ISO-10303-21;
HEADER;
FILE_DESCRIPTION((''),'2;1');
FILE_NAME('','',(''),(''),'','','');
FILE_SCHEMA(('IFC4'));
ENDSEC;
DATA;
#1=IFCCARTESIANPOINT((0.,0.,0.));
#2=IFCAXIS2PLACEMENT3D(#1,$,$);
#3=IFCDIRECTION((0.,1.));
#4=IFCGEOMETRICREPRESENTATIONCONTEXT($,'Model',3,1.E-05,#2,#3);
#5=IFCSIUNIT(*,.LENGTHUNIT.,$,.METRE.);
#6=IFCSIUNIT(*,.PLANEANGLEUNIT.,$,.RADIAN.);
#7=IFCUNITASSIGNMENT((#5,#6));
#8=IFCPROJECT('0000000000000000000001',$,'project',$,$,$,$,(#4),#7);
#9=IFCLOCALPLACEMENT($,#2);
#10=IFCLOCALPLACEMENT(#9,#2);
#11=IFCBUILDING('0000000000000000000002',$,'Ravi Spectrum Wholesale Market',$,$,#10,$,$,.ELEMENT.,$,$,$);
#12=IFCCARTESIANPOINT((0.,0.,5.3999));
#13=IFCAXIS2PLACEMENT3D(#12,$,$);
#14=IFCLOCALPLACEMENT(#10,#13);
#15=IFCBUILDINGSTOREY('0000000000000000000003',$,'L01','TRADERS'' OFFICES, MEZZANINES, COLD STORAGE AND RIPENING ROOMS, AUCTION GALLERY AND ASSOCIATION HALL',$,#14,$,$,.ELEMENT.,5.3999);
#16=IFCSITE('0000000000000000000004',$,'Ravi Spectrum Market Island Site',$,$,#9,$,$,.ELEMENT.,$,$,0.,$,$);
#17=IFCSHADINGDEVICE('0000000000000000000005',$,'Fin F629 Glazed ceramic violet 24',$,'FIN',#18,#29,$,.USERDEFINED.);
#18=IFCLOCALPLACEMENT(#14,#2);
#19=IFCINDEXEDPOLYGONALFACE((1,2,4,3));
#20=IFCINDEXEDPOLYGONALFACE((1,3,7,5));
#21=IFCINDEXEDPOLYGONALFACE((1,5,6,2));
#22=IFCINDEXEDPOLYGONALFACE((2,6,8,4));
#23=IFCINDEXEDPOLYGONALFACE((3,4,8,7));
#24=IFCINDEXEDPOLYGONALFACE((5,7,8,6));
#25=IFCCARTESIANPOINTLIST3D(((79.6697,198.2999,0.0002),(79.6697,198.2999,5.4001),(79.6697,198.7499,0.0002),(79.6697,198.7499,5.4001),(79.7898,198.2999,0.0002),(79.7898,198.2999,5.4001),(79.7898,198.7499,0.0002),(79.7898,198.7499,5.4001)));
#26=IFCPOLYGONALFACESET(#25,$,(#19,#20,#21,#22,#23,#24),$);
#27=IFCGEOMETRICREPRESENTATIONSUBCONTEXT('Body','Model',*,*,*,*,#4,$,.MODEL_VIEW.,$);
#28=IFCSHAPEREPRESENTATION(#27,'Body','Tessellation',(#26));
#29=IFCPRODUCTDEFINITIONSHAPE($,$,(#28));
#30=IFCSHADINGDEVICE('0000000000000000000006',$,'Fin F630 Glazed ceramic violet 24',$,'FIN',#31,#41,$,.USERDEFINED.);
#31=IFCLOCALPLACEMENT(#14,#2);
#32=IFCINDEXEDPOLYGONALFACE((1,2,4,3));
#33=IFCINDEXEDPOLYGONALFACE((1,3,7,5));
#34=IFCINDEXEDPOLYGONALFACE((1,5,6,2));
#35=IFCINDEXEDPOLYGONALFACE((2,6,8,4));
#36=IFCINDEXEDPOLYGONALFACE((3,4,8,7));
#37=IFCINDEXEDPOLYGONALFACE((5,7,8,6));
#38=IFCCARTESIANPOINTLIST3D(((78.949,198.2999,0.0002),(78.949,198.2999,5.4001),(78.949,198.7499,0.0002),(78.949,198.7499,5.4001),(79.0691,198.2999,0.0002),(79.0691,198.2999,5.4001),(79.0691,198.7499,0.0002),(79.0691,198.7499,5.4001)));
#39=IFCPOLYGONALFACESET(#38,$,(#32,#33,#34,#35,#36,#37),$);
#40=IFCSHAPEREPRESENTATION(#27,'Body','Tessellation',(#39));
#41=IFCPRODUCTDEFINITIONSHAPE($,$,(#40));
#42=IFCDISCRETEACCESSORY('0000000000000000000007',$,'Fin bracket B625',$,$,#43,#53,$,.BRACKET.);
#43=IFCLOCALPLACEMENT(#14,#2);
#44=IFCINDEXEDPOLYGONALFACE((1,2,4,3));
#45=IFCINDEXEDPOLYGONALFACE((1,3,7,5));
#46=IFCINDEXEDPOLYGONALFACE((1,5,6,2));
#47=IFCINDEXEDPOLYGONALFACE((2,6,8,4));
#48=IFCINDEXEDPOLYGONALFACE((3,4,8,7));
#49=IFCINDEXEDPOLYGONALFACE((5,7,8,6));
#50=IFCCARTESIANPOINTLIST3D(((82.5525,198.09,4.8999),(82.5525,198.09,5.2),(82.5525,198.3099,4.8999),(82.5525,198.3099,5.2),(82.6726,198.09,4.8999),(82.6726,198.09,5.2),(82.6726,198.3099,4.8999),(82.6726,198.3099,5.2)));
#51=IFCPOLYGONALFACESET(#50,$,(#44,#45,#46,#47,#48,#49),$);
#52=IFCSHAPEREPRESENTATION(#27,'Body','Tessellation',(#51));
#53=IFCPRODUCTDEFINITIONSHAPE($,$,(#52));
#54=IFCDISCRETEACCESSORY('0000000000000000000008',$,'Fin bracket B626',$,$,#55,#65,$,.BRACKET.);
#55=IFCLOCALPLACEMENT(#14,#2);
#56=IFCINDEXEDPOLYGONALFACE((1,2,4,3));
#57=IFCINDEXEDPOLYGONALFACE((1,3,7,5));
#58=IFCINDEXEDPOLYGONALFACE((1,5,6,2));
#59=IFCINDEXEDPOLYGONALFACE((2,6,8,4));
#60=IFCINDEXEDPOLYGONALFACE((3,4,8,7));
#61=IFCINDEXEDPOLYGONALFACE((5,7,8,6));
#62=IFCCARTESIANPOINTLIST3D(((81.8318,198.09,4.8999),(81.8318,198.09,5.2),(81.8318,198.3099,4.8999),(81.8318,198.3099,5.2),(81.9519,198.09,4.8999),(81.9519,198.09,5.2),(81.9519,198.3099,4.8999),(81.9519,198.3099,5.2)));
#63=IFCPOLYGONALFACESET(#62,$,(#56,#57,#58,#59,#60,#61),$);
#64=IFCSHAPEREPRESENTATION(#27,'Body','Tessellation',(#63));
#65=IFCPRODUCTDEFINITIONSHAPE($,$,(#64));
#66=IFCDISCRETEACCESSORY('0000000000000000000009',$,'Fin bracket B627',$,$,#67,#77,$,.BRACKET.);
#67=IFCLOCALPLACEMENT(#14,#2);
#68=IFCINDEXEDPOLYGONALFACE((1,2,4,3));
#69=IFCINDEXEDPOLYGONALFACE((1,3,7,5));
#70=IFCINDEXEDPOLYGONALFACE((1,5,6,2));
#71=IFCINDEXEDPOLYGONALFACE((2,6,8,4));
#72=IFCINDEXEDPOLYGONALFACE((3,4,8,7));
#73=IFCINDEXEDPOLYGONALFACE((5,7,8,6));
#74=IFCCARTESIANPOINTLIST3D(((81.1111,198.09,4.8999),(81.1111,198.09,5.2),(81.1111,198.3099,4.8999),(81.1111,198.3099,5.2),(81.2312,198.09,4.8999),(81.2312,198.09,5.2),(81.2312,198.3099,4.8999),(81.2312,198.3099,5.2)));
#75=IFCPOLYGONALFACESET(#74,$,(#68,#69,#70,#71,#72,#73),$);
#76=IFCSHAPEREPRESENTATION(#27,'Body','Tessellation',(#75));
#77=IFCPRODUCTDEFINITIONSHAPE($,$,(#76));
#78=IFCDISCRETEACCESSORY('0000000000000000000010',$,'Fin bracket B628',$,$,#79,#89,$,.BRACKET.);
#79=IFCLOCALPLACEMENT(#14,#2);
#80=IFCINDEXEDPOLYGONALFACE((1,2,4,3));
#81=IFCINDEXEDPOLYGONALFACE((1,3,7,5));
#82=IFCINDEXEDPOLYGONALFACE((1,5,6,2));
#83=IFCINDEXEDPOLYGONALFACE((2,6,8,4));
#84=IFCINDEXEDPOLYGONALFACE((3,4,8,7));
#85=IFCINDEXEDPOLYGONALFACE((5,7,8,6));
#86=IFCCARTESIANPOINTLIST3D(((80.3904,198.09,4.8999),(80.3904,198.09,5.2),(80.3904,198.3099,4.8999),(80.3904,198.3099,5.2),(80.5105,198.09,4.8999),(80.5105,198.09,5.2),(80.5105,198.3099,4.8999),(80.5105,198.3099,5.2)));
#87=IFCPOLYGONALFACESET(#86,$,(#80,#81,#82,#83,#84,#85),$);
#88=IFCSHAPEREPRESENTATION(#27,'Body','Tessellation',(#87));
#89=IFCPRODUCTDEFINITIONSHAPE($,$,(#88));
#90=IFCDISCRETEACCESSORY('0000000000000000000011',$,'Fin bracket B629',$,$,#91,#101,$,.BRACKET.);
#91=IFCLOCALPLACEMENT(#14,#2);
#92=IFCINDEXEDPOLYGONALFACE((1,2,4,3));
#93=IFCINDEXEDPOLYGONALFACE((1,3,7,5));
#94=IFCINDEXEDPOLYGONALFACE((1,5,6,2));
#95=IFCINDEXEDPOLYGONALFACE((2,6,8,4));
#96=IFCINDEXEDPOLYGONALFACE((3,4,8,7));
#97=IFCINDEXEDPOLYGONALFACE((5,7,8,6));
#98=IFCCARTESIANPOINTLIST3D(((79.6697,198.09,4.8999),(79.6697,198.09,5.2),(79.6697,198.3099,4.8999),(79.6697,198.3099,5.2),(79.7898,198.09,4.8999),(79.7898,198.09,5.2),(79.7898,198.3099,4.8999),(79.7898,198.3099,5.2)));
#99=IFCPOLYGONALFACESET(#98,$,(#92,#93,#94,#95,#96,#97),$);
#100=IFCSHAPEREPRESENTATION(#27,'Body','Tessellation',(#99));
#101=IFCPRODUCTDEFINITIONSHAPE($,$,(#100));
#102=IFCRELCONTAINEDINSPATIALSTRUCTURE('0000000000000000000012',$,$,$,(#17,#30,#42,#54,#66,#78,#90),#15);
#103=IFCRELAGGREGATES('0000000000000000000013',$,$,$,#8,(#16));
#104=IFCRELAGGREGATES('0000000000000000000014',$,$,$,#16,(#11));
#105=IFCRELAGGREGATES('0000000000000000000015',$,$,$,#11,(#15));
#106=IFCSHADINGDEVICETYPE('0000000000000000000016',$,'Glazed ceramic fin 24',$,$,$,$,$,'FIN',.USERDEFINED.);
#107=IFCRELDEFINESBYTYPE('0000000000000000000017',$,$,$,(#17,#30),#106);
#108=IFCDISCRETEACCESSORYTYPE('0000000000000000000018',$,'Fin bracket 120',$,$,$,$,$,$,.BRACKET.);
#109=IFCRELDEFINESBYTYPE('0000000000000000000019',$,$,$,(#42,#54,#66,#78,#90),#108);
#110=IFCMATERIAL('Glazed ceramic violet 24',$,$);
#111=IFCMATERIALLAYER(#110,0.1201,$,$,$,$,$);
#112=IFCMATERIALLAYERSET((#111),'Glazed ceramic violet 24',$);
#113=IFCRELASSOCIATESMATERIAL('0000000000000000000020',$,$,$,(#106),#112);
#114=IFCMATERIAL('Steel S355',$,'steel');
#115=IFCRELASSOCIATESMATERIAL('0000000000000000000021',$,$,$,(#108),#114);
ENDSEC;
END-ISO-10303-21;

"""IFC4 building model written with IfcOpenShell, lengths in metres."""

from ifc_helpers import new_model, si_unit, direction, frame, origin, origin_2d, place, context, subcontext, project, spatial, rectangle, extrude, material, layer, layer_set, type_object, element, save


model = new_model("IFC4")

# Units and contexts
model_context = context("Model", 3, precision=1e-05, world=origin(), true_north=direction((0.0, 1.0)))
body_context = subcontext(model_context, "Body", "Model", "MODEL_VIEW")
ifc_project = project(units=[si_unit("LENGTHUNIT", "METRE"), si_unit("PLANEANGLEUNIT", "RADIAN")], contexts=[model_context])

# Site, building, storey
site_placement = place(None, origin())
site = spatial("IfcSite", under=ifc_project, at=site_placement, Name="Ravi Spectrum Market Island Site", CompositionType="ELEMENT", RefElevation=0.0)
building_placement = place(site_placement, origin())
building = spatial("IfcBuilding", under=site, at=building_placement, Name="Ravi Spectrum Wholesale Market", CompositionType="ELEMENT")
storey_placement = place(building_placement, frame((0.0, 0.0, 5.3999)))
storey = spatial("IfcBuildingStorey", under=building, at=storey_placement, Name="L01", Description="TRADERS' OFFICES, MEZZANINES, COLD STORAGE AND RIPENING ROOMS, AUCTION GALLERY AND ASSOCIATION HALL", CompositionType="ELEMENT", Elevation=5.3999)

# Shading devices
ifc_material_1 = material(Name="Glazed ceramic violet 24")
ifc_layer_1 = layer(ifc_material_1, 0.1201)
ifc_layer_set_1 = layer_set([ifc_layer_1], Name="Glazed ceramic violet 24")
shading_device_type = type_object("IfcShadingDeviceType", Name="Glazed ceramic fin 24", ElementType="FIN", PredefinedType="USERDEFINED", material=ifc_layer_set_1)
for number, where, z_axis, x_axis, name in (
    (1, (79.7297, 198.5249, 0.0002), (0.0, 0.0, 1.0), (-1.0, 0.0, 0.0), "Fin F629 Glazed ceramic violet 24"),
    (2, (79.009, 198.5249, 0.0002), (0.0, 0.0, 1.0), (-1.0, 0.0, 0.0), "Fin F630 Glazed ceramic violet 24"),
):
    element("IfcShadingDevice", number, at=place(storey_placement, frame(where, z_axis=z_axis, x_axis=x_axis)), inside=storey, type_object=shading_device_type, Name=name, ObjectType="FIN", PredefinedType="USERDEFINED", context=body_context, shape_type="SweptSolid", body=[
        extrude(rectangle(XDim=0.1201, YDim=0.45, at=origin_2d()), origin(), (0.0, 0.0, 1.0), 5.3999),
    ])

# Discrete accessories
ifc_material_2 = material(Name="Steel S355", Category="steel")
discrete_accessory_type = type_object("IfcDiscreteAccessoryType", Name="Fin bracket 120", PredefinedType="BRACKET", material=ifc_material_2)
for number, where, z_axis, x_axis, name in (
    (3, (82.6125, 198.2, 4.8999), (0.0, 0.0, 1.0), (-1.0, 0.0, 0.0), "Fin bracket B625"),
    (4, (81.8918, 198.2, 4.8999), (0.0, 0.0, 1.0), (-1.0, 0.0, 0.0), "Fin bracket B626"),
    (5, (81.1711, 198.2, 4.8999), (0.0, 0.0, 1.0), (-1.0, 0.0, 0.0), "Fin bracket B627"),
    (6, (80.4504, 198.2, 4.8999), (0.0, 0.0, 1.0), (-1.0, 0.0, 0.0), "Fin bracket B628"),
    (7, (79.7297, 198.2, 4.8999), (0.0, 0.0, 1.0), (-1.0, 0.0, 0.0), "Fin bracket B629"),
):
    element("IfcDiscreteAccessory", number, at=place(storey_placement, frame(where, z_axis=z_axis, x_axis=x_axis)), inside=storey, type_object=discrete_accessory_type, Name=name, PredefinedType="BRACKET", context=body_context, shape_type="SweptSolid", body=[
        extrude(rectangle(XDim=0.1201, YDim=0.22, at=origin_2d()), origin(), (0.0, 0.0, 1.0), 0.3),
    ])

save(model, "model.ifc")
